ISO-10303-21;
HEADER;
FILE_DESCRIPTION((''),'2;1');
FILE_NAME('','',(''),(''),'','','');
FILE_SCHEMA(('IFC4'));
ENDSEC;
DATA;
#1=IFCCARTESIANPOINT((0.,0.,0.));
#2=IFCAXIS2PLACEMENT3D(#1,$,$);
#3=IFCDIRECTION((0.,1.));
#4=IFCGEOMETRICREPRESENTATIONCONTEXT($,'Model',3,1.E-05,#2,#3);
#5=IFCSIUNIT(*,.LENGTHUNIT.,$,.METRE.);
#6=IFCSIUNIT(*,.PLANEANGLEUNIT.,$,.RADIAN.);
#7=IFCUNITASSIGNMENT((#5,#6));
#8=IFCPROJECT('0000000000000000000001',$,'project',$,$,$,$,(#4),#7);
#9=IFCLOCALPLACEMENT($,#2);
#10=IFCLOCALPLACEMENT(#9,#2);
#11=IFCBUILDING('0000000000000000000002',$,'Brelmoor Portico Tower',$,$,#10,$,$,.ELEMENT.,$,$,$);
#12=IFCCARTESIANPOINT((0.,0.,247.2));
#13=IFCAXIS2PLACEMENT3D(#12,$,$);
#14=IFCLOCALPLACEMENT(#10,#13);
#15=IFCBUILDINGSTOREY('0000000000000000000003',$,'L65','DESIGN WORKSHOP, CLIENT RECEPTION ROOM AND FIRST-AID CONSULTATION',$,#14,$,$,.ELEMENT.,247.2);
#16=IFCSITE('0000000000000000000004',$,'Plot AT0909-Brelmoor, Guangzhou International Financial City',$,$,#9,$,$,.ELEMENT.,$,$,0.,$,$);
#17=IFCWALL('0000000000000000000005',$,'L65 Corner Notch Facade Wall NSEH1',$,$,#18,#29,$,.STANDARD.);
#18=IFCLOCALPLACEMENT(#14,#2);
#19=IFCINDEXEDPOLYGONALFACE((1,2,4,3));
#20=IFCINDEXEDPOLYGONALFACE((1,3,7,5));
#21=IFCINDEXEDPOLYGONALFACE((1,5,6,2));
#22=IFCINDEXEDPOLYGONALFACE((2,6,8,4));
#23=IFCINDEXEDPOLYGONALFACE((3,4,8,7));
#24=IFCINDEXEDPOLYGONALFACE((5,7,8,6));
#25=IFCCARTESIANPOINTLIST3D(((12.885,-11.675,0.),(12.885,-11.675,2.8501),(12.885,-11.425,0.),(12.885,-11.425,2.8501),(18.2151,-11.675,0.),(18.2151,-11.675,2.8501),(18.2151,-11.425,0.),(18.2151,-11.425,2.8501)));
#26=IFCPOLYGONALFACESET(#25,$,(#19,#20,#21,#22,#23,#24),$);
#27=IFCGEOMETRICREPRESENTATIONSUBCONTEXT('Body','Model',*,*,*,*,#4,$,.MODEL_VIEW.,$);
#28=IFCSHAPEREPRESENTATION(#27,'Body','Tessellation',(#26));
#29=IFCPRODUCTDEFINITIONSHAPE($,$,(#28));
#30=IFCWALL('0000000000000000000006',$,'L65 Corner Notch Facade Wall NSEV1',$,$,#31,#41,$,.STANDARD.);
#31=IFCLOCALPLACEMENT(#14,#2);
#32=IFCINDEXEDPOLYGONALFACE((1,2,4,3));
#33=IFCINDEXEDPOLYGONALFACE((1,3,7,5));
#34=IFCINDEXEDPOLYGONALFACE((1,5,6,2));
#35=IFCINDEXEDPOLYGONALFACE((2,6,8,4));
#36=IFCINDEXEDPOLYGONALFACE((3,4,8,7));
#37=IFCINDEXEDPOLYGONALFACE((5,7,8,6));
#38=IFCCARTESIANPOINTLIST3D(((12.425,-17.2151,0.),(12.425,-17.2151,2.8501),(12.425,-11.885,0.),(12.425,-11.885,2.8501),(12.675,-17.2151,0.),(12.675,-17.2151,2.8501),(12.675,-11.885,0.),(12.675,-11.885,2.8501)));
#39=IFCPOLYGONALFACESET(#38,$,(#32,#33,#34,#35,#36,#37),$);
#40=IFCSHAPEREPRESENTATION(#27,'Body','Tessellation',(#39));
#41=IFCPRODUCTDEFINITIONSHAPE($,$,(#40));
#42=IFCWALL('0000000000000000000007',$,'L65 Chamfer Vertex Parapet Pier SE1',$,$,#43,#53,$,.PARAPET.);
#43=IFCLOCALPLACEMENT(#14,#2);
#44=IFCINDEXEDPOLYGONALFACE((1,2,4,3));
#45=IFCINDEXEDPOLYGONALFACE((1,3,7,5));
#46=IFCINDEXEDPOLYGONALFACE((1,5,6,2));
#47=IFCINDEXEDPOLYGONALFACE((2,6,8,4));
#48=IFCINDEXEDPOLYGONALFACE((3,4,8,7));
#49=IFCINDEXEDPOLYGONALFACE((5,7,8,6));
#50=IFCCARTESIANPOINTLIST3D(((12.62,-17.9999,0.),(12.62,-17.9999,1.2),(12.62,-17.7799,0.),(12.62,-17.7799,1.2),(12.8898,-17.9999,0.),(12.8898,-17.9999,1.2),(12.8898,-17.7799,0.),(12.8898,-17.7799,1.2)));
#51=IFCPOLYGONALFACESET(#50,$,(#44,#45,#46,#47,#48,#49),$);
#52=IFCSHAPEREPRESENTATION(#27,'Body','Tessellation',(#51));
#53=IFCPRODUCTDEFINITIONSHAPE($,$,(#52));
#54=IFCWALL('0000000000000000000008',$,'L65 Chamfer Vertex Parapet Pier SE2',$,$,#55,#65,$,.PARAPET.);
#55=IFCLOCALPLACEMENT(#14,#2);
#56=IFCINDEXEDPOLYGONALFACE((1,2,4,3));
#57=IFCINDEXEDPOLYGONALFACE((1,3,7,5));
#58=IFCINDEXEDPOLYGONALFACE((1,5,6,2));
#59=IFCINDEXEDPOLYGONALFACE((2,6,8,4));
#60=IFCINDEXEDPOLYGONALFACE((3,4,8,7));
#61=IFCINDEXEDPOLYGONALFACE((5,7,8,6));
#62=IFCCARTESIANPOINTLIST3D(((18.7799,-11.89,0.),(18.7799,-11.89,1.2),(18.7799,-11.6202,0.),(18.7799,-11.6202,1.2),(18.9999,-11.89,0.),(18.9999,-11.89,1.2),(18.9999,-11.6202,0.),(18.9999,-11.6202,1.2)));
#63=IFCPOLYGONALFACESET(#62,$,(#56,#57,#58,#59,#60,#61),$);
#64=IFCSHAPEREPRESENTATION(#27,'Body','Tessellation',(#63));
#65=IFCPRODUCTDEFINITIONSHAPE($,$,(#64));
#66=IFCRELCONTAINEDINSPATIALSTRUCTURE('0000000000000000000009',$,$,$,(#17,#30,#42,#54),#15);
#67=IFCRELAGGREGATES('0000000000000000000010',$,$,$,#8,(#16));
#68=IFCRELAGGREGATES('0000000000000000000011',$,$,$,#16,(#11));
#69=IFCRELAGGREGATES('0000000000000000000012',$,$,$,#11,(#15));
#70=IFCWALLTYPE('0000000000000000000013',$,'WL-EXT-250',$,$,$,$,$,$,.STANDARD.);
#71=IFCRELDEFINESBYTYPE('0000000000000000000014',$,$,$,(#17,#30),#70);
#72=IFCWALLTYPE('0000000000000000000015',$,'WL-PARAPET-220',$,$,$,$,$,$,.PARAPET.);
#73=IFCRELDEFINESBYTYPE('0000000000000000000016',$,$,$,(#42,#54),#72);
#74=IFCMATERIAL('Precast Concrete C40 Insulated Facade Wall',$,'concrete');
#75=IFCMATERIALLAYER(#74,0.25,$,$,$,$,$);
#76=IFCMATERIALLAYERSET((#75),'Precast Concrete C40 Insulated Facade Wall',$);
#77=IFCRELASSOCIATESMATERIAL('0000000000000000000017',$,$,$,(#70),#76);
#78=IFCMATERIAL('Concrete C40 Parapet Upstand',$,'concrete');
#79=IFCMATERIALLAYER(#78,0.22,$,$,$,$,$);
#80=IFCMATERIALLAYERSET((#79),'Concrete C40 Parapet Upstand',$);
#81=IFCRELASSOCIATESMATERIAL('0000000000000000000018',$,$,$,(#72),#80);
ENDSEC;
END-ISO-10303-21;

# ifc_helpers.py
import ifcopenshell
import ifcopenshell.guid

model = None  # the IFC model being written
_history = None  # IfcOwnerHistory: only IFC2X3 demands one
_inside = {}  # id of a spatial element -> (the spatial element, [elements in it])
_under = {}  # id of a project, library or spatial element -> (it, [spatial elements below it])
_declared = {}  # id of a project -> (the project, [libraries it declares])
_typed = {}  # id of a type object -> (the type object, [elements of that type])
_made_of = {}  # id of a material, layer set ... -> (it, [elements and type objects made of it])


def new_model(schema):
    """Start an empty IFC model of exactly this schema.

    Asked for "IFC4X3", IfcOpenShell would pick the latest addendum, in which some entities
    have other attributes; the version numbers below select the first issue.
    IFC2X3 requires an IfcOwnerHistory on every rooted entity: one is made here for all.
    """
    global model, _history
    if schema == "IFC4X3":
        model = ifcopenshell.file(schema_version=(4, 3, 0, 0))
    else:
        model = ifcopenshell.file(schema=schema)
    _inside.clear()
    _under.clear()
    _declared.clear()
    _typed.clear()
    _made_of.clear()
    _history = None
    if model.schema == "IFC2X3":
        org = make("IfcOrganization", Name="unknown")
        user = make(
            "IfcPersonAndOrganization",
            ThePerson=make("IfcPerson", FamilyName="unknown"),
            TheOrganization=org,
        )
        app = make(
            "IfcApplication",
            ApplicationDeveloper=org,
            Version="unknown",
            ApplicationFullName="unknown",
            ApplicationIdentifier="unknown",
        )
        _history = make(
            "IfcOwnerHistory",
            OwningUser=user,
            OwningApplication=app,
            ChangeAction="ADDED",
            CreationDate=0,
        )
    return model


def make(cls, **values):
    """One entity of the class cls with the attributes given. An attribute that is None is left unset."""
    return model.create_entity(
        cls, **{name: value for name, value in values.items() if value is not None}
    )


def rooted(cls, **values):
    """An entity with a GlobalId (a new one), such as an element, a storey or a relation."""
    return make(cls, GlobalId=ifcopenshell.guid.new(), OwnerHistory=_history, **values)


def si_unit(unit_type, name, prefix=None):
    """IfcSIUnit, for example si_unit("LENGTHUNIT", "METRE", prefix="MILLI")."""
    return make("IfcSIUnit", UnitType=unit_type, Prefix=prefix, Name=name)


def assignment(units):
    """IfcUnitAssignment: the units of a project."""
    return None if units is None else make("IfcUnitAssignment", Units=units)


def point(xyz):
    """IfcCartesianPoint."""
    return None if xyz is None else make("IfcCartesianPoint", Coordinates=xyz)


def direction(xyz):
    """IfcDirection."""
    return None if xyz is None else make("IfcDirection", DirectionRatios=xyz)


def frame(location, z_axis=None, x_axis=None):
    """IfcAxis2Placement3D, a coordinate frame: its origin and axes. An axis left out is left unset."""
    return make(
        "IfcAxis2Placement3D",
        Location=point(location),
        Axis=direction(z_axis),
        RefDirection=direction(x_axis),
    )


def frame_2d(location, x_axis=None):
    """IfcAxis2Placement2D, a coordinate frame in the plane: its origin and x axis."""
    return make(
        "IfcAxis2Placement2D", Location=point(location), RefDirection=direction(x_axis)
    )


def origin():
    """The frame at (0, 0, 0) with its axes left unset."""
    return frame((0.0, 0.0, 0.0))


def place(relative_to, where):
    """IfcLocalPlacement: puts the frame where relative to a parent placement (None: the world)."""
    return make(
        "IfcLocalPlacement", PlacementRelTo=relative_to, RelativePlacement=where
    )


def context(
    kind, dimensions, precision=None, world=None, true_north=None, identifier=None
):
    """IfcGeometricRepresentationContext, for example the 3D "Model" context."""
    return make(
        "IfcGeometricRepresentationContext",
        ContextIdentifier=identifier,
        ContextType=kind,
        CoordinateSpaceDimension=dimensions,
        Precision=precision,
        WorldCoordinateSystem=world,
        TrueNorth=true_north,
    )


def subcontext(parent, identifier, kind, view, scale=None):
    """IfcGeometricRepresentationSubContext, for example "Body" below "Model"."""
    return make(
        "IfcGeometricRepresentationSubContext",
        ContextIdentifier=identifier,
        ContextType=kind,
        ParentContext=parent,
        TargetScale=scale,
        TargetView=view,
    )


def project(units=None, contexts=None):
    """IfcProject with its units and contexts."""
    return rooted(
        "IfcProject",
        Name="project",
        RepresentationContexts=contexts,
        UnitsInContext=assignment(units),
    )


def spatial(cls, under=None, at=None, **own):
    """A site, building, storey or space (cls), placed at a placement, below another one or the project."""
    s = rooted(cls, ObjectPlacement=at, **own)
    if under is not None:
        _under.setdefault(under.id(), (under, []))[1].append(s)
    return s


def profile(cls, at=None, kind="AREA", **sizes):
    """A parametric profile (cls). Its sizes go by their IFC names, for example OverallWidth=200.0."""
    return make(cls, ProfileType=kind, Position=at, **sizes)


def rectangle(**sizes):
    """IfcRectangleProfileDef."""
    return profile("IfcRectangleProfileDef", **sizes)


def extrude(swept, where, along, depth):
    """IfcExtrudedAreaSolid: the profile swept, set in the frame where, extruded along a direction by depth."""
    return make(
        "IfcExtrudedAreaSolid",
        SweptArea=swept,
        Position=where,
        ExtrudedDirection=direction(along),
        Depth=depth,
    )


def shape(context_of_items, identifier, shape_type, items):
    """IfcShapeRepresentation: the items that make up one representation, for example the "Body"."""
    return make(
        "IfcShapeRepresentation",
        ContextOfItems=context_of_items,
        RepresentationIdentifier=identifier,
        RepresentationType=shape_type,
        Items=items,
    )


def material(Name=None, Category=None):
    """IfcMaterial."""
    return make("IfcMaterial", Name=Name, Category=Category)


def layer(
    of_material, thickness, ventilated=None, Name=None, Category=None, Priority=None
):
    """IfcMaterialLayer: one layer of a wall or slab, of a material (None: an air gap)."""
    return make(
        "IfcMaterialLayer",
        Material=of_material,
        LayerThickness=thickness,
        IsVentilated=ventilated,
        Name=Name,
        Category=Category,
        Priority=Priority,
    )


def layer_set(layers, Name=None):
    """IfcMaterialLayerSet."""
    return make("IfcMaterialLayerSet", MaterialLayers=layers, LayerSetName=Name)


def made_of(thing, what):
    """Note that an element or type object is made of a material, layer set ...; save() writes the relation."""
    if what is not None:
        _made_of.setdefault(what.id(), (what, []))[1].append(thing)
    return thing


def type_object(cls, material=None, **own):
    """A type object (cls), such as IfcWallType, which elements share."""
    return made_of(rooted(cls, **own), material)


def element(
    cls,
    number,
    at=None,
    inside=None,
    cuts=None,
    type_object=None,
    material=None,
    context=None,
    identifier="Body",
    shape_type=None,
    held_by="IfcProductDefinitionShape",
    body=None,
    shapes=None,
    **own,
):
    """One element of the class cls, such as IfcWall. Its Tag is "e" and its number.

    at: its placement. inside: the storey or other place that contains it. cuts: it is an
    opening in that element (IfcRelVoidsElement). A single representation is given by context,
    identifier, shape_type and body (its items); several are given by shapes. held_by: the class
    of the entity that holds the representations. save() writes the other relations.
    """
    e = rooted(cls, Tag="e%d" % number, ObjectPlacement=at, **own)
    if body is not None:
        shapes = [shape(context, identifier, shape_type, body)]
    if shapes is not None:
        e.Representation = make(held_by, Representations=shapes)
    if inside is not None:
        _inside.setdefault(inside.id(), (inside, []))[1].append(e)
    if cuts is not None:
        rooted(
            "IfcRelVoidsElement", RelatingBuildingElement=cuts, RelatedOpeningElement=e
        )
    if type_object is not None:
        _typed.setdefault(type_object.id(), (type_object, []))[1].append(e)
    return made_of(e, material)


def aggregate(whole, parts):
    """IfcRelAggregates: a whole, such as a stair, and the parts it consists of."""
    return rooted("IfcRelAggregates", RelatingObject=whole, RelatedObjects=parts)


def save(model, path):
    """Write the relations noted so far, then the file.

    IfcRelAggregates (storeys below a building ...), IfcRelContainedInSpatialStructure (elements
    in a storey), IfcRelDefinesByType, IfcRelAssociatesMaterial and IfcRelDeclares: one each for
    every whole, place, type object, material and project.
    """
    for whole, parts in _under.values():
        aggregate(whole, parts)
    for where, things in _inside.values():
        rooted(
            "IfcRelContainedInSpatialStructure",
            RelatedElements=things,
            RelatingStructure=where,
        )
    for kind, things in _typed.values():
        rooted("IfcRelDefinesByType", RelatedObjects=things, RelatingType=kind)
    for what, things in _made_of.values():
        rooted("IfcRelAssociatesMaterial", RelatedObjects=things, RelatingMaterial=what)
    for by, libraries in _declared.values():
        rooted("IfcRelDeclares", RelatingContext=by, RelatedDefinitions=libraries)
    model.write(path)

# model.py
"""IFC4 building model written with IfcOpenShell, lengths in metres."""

from ifc_helpers import new_model, si_unit, direction, frame, frame_2d, origin, place, context, subcontext, project, spatial, rectangle, extrude, material, layer, layer_set, type_object, element, save


model = new_model("IFC4")

# Units and contexts
model_context = context("Model", 3, precision=1e-05, world=origin(), true_north=direction((0.0, 1.0)))
body_context = subcontext(model_context, "Body", "Model", "MODEL_VIEW")
ifc_project = project(units=[si_unit("LENGTHUNIT", "METRE"), si_unit("PLANEANGLEUNIT", "RADIAN")], contexts=[model_context])

# Site, building, storey
site_placement = place(None, origin())
site = spatial("IfcSite", under=ifc_project, at=site_placement, Name="Plot AT0909-Brelmoor, Guangzhou International Financial City", CompositionType="ELEMENT", RefElevation=0.0)
building_placement = place(site_placement, origin())
building = spatial("IfcBuilding", under=site, at=building_placement, Name="Brelmoor Portico Tower", CompositionType="ELEMENT")
storey_placement = place(building_placement, frame((0.0, 0.0, 247.2)))
storey = spatial("IfcBuildingStorey", under=building, at=storey_placement, Name="L65", Description="DESIGN WORKSHOP, CLIENT RECEPTION ROOM AND FIRST-AID CONSULTATION", CompositionType="ELEMENT", Elevation=247.2)

# Walls
ifc_material_1 = material(Name="Precast Concrete C40 Insulated Facade Wall", Category="concrete")
ifc_layer_1 = layer(ifc_material_1, 0.25)
ifc_layer_set_1 = layer_set([ifc_layer_1], Name="Precast Concrete C40 Insulated Facade Wall")
wall_type_1 = type_object("IfcWallType", Name="WL-EXT-250", PredefinedType="STANDARD", material=ifc_layer_set_1)
for number, where, z_axis, x_axis, name in (
    (1, (12.885, -11.55, 0.0), (0.0, 0.0, 1.0), (1.0, 0.0, 0.0), "L65 Corner Notch Facade Wall NSEH1"),
    (2, (12.55, -17.2151, 0.0), (0.0, 0.0, 1.0), (0.0, 1.0, 0.0), "L65 Corner Notch Facade Wall NSEV1"),
):
    element("IfcWall", number, at=place(storey_placement, frame(where, z_axis=z_axis, x_axis=x_axis)), inside=storey, type_object=wall_type_1, Name=name, PredefinedType="STANDARD", context=body_context, shape_type="SweptSolid", body=[
        extrude(rectangle(XDim=5.3301, YDim=0.25, at=frame_2d((2.665, 0.0))), origin(), (0.0, 0.0, 1.0), 2.8501),
    ])
ifc_material_2 = material(Name="Concrete C40 Parapet Upstand", Category="concrete")
ifc_layer_2 = layer(ifc_material_2, 0.22)
ifc_layer_set_2 = layer_set([ifc_layer_2], Name="Concrete C40 Parapet Upstand")
wall_type_2 = type_object("IfcWallType", Name="WL-PARAPET-220", PredefinedType="PARAPET", material=ifc_layer_set_2)
for number, where, z_axis, x_axis, name in (
    (3, (12.6201, -17.8899, 0.0), (0.0, 0.0, 1.0), (1.0, 0.0, 0.0), "L65 Chamfer Vertex Parapet Pier SE1"),
    (4, (18.8899, -11.8899, 0.0), (0.0, 0.0, 1.0), (0.0, 1.0, 0.0), "L65 Chamfer Vertex Parapet Pier SE2"),
):
    element("IfcWall", number, at=place(storey_placement, frame(where, z_axis=z_axis, x_axis=x_axis)), inside=storey, type_object=wall_type_2, Name=name, PredefinedType="PARAPET", context=body_context, shape_type="SweptSolid", body=[
        extrude(rectangle(XDim=0.2698, YDim=0.22, at=frame_2d((0.1348, 0.0))), origin(), (0.0, 0.0, 1.0), 1.2),
    ])

save(model, "model.ifc")
